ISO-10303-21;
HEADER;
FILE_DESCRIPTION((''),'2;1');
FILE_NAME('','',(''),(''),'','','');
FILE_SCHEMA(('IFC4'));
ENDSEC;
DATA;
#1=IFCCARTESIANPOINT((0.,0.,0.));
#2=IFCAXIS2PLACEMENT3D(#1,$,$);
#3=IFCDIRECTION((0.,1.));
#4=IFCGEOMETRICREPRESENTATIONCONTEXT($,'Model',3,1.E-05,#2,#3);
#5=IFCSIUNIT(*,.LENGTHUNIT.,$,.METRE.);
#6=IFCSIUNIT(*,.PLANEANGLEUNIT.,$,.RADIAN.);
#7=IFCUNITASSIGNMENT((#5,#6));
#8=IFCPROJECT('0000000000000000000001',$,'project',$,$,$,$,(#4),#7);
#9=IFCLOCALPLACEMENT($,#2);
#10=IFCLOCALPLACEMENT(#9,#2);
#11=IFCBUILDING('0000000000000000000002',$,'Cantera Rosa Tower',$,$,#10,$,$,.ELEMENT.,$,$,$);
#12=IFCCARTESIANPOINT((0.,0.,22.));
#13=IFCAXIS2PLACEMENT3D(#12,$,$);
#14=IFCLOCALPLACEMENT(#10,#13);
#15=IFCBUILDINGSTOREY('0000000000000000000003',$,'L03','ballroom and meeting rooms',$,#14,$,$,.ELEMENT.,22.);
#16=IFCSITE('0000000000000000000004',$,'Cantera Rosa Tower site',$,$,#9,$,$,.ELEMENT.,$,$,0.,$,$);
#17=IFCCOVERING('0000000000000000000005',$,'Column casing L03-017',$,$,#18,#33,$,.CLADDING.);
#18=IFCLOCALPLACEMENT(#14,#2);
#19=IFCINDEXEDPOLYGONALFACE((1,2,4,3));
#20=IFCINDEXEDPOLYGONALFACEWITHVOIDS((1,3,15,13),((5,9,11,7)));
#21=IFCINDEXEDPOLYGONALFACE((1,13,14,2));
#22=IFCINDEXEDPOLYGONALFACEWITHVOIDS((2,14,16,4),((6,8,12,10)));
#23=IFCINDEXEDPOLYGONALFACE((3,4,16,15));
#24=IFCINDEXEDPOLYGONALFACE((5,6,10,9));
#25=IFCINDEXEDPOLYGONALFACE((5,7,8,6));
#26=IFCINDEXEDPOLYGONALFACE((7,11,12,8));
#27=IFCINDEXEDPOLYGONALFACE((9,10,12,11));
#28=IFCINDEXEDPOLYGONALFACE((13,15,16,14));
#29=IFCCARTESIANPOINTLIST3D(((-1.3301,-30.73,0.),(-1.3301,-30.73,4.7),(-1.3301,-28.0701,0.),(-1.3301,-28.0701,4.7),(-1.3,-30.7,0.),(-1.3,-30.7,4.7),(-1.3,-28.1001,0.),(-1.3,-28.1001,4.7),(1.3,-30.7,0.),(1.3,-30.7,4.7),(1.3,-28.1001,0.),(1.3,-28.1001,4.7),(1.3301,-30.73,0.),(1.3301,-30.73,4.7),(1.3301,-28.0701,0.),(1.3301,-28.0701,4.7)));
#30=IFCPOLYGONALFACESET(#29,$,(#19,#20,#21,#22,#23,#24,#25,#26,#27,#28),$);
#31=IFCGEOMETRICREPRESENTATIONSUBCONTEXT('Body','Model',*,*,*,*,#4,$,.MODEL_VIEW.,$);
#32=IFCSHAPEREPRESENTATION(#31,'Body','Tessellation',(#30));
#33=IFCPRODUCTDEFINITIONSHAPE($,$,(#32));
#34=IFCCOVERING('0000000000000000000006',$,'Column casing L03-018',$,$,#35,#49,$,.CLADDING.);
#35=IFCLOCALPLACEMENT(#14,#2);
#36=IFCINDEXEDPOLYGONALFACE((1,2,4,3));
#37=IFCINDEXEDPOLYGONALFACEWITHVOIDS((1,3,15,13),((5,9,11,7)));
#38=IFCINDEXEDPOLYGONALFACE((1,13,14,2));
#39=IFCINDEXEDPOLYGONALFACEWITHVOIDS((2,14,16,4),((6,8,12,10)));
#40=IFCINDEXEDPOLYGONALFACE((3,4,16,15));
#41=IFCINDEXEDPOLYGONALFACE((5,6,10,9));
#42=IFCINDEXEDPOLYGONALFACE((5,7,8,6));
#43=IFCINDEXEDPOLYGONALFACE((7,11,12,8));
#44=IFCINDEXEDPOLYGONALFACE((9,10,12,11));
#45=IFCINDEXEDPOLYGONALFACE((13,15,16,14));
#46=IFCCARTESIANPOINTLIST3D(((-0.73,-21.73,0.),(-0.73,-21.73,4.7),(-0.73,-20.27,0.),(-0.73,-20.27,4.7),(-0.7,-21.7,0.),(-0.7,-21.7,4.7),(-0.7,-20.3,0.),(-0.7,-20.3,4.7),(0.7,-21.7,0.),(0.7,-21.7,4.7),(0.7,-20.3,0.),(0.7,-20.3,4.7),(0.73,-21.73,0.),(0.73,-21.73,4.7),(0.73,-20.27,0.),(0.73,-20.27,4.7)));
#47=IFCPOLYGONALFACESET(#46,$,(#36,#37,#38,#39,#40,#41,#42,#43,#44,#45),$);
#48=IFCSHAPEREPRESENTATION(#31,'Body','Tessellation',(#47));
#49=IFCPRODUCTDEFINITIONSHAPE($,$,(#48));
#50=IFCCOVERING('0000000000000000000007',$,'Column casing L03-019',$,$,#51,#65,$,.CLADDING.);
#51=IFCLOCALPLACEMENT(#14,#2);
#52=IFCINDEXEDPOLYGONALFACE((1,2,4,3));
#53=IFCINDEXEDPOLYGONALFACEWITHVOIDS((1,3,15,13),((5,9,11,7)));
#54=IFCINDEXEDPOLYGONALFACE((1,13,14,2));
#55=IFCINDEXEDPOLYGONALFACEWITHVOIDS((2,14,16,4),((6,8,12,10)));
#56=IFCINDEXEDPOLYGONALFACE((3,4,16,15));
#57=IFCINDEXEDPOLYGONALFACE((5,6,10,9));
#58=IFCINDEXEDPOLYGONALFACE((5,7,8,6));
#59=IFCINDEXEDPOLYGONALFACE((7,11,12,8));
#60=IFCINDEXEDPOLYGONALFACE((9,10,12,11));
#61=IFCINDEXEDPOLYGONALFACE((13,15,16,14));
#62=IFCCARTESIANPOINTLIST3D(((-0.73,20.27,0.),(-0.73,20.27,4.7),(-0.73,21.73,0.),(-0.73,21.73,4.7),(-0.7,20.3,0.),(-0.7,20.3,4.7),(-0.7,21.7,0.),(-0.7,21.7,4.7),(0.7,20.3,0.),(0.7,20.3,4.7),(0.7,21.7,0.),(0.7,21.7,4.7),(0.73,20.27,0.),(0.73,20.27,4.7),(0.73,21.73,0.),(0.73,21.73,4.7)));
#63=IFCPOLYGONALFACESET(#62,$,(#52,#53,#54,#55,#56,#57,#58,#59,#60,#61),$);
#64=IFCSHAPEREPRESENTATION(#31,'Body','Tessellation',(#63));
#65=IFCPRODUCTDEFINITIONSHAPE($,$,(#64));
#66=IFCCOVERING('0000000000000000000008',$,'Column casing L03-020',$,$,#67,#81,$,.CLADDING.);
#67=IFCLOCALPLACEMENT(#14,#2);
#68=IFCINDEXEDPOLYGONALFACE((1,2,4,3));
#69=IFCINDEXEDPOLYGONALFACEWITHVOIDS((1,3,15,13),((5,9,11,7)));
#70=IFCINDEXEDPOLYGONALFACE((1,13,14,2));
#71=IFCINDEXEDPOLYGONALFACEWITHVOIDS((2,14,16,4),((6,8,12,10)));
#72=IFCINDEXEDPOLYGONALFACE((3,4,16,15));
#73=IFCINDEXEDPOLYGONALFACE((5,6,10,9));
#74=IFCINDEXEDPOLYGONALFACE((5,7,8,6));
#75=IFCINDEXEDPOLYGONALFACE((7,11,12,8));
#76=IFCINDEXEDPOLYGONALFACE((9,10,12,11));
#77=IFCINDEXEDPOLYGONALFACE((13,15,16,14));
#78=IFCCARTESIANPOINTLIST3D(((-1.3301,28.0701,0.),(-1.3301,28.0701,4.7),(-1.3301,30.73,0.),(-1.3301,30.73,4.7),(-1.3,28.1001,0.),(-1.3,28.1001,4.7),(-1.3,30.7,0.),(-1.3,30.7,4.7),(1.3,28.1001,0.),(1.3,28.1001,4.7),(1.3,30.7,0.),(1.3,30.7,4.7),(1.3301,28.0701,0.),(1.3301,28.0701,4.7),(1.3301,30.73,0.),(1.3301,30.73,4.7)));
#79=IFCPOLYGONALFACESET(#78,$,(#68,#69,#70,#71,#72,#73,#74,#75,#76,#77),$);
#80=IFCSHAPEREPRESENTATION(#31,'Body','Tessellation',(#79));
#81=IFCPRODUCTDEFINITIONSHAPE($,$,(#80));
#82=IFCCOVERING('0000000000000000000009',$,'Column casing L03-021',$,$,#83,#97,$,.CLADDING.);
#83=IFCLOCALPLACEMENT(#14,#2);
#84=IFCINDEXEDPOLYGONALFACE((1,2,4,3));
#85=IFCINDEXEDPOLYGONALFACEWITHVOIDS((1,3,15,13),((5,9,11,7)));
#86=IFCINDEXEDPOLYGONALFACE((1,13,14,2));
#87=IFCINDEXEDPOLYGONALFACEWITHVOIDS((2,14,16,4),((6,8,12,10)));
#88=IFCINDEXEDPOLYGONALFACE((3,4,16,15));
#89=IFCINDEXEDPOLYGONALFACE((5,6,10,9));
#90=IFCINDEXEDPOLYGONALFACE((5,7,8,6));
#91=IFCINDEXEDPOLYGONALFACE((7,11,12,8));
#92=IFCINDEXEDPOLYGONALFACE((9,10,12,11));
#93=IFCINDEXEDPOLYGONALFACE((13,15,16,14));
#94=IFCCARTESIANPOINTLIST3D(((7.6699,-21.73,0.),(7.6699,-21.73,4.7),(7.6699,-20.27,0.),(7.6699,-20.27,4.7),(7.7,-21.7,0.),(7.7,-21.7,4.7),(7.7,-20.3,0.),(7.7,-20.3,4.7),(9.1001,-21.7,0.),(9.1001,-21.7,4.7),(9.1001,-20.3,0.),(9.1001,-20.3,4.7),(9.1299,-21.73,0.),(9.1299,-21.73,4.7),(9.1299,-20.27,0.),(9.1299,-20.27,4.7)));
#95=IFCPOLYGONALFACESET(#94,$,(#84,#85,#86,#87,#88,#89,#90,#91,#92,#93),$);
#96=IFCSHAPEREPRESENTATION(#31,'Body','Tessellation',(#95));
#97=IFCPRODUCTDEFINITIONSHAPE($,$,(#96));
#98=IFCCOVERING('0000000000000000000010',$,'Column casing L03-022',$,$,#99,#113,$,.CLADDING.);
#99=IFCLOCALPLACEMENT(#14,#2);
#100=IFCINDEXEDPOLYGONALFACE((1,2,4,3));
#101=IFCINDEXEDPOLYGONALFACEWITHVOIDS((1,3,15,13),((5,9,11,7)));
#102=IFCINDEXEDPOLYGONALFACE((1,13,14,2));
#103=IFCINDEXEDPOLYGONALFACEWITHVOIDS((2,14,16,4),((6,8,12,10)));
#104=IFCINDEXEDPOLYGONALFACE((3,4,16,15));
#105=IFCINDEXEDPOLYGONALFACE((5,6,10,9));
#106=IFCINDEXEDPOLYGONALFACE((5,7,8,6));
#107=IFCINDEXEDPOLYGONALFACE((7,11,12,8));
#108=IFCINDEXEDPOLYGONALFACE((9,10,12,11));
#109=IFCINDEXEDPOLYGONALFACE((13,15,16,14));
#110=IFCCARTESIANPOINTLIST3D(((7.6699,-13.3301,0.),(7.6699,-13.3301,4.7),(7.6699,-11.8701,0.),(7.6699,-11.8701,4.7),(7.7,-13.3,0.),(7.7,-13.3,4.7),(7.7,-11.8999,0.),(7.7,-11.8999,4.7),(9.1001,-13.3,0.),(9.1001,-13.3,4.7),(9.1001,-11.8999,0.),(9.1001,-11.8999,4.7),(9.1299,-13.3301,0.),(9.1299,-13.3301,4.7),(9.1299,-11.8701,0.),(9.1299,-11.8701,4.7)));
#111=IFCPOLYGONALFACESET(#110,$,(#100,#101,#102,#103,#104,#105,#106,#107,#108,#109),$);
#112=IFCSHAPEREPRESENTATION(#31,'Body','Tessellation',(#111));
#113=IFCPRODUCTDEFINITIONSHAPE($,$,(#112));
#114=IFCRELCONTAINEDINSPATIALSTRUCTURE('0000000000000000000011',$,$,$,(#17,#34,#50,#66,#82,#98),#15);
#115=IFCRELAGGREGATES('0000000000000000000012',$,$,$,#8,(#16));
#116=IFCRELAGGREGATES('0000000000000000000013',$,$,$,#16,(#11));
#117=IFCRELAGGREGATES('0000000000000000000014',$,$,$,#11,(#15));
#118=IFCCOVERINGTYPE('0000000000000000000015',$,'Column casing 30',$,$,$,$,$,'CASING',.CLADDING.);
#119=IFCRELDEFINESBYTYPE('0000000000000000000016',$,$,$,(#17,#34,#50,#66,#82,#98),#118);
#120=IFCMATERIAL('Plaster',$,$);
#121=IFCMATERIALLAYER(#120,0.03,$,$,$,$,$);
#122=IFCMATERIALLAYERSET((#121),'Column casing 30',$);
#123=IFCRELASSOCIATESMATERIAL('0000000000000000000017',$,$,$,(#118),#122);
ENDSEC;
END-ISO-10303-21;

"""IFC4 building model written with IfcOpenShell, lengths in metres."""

from ifc_helpers import new_model, si_unit, direction, frame, origin, place, context, subcontext, project, spatial, polyline, outline, extrude, material, layer, layer_set, type_object, element, save


model = new_model("IFC4")

# Units and contexts
model_context = context("Model", 3, precision=1e-05, world=origin(), true_north=direction((0.0, 1.0)))
body_context = subcontext(model_context, "Body", "Model", "MODEL_VIEW")
ifc_project = project(units=[si_unit("LENGTHUNIT", "METRE"), si_unit("PLANEANGLEUNIT", "RADIAN")], contexts=[model_context])

# Site, building, storey
site_placement = place(None, origin())
site = spatial("IfcSite", under=ifc_project, at=site_placement, Name="Cantera Rosa Tower site", CompositionType="ELEMENT", RefElevation=0.0)
building_placement = place(site_placement, origin())
building = spatial("IfcBuilding", under=site, at=building_placement, Name="Cantera Rosa Tower", CompositionType="ELEMENT")
storey_placement = place(building_placement, frame((0.0, 0.0, 22.0)))
storey = spatial("IfcBuildingStorey", under=building, at=storey_placement, Name="L03", Description="ballroom and meeting rooms", CompositionType="ELEMENT", Elevation=22.0)

# Coverings
ifc_material_1 = material(Name="Plaster")
ifc_layer_1 = layer(ifc_material_1, 0.03)
ifc_layer_set_1 = layer_set([ifc_layer_1], Name="Column casing 30")
covering_type = type_object("IfcCoveringType", Name="Column casing 30", ElementType="CASING", PredefinedType="CLADDING", material=ifc_layer_set_1)
covering_1_placement = place(storey_placement, origin())
element("IfcCovering", 1, at=covering_1_placement, inside=storey, type_object=covering_type, Name="Column casing L03-017", PredefinedType="CLADDING", context=body_context, shape_type="SweptSolid", body=[
    extrude(outline(polyline([(-1.3301, -30.73), (1.3301, -30.73), (1.3301, -28.0701), (-1.3301, -28.0701), (-1.3301, -30.73)]), holes=[polyline([(1.3, -28.1001), (-1.3, -28.1001), (-1.3, -30.7), (1.3, -30.7), (1.3, -28.1001)])]), origin(), (0.0, 0.0, 1.0), 4.7),
])
covering_2_placement = place(storey_placement, origin())
element("IfcCovering", 2, at=covering_2_placement, inside=storey, type_object=covering_type, Name="Column casing L03-018", PredefinedType="CLADDING", context=body_context, shape_type="SweptSolid", body=[
    extrude(outline(polyline([(-0.73, -21.73), (0.73, -21.73), (0.73, -20.27), (-0.73, -20.27), (-0.73, -21.73)]), holes=[polyline([(0.7, -20.3), (-0.7, -20.3), (-0.7, -21.7), (0.7, -21.7), (0.7, -20.3)])]), origin(), (0.0, 0.0, 1.0), 4.7),
])
covering_3_placement = place(storey_placement, origin())
element("IfcCovering", 3, at=covering_3_placement, inside=storey, type_object=covering_type, Name="Column casing L03-019", PredefinedType="CLADDING", context=body_context, shape_type="SweptSolid", body=[
    extrude(outline(polyline([(-0.73, 20.27), (0.73, 20.27), (0.73, 21.73), (-0.73, 21.73), (-0.73, 20.27)]), holes=[polyline([(0.7, 21.7), (-0.7, 21.7), (-0.7, 20.3), (0.7, 20.3), (0.7, 21.7)])]), origin(), (0.0, 0.0, 1.0), 4.7),
])
covering_4_placement = place(storey_placement, origin())
element("IfcCovering", 4, at=covering_4_placement, inside=storey, type_object=covering_type, Name="Column casing L03-020", PredefinedType="CLADDING", context=body_context, shape_type="SweptSolid", body=[
    extrude(outline(polyline([(-1.3301, 28.0701), (1.3301, 28.0701), (1.3301, 30.73), (-1.3301, 30.73), (-1.3301, 28.0701)]), holes=[polyline([(1.3, 30.7), (-1.3, 30.7), (-1.3, 28.1001), (1.3, 28.1001), (1.3, 30.7)])]), origin(), (0.0, 0.0, 1.0), 4.7),
])
covering_5_placement = place(storey_placement, origin())
element("IfcCovering", 5, at=covering_5_placement, inside=storey, type_object=covering_type, Name="Column casing L03-021", PredefinedType="CLADDING", context=body_context, shape_type="SweptSolid", body=[
    extrude(outline(polyline([(7.6699, -21.73), (9.1299, -21.73), (9.1299, -20.27), (7.6699, -20.27), (7.6699, -21.73)]), holes=[polyline([(9.1001, -20.3), (7.7, -20.3), (7.7, -21.7), (9.1001, -21.7), (9.1001, -20.3)])]), origin(), (0.0, 0.0, 1.0), 4.7),
])
covering_6_placement = place(storey_placement, origin())
element("IfcCovering", 6, at=covering_6_placement, inside=storey, type_object=covering_type, Name="Column casing L03-022", PredefinedType="CLADDING", context=body_context, shape_type="SweptSolid", body=[
    extrude(outline(polyline([(7.6699, -13.3301), (9.1299, -13.3301), (9.1299, -11.8701), (7.6699, -11.8701), (7.6699, -13.3301)]), holes=[polyline([(9.1001, -11.8999), (7.7, -11.8999), (7.7, -13.3), (9.1001, -13.3), (9.1001, -11.8999)])]), origin(), (0.0, 0.0, 1.0), 4.7),
])

save(model, "model.ifc")
